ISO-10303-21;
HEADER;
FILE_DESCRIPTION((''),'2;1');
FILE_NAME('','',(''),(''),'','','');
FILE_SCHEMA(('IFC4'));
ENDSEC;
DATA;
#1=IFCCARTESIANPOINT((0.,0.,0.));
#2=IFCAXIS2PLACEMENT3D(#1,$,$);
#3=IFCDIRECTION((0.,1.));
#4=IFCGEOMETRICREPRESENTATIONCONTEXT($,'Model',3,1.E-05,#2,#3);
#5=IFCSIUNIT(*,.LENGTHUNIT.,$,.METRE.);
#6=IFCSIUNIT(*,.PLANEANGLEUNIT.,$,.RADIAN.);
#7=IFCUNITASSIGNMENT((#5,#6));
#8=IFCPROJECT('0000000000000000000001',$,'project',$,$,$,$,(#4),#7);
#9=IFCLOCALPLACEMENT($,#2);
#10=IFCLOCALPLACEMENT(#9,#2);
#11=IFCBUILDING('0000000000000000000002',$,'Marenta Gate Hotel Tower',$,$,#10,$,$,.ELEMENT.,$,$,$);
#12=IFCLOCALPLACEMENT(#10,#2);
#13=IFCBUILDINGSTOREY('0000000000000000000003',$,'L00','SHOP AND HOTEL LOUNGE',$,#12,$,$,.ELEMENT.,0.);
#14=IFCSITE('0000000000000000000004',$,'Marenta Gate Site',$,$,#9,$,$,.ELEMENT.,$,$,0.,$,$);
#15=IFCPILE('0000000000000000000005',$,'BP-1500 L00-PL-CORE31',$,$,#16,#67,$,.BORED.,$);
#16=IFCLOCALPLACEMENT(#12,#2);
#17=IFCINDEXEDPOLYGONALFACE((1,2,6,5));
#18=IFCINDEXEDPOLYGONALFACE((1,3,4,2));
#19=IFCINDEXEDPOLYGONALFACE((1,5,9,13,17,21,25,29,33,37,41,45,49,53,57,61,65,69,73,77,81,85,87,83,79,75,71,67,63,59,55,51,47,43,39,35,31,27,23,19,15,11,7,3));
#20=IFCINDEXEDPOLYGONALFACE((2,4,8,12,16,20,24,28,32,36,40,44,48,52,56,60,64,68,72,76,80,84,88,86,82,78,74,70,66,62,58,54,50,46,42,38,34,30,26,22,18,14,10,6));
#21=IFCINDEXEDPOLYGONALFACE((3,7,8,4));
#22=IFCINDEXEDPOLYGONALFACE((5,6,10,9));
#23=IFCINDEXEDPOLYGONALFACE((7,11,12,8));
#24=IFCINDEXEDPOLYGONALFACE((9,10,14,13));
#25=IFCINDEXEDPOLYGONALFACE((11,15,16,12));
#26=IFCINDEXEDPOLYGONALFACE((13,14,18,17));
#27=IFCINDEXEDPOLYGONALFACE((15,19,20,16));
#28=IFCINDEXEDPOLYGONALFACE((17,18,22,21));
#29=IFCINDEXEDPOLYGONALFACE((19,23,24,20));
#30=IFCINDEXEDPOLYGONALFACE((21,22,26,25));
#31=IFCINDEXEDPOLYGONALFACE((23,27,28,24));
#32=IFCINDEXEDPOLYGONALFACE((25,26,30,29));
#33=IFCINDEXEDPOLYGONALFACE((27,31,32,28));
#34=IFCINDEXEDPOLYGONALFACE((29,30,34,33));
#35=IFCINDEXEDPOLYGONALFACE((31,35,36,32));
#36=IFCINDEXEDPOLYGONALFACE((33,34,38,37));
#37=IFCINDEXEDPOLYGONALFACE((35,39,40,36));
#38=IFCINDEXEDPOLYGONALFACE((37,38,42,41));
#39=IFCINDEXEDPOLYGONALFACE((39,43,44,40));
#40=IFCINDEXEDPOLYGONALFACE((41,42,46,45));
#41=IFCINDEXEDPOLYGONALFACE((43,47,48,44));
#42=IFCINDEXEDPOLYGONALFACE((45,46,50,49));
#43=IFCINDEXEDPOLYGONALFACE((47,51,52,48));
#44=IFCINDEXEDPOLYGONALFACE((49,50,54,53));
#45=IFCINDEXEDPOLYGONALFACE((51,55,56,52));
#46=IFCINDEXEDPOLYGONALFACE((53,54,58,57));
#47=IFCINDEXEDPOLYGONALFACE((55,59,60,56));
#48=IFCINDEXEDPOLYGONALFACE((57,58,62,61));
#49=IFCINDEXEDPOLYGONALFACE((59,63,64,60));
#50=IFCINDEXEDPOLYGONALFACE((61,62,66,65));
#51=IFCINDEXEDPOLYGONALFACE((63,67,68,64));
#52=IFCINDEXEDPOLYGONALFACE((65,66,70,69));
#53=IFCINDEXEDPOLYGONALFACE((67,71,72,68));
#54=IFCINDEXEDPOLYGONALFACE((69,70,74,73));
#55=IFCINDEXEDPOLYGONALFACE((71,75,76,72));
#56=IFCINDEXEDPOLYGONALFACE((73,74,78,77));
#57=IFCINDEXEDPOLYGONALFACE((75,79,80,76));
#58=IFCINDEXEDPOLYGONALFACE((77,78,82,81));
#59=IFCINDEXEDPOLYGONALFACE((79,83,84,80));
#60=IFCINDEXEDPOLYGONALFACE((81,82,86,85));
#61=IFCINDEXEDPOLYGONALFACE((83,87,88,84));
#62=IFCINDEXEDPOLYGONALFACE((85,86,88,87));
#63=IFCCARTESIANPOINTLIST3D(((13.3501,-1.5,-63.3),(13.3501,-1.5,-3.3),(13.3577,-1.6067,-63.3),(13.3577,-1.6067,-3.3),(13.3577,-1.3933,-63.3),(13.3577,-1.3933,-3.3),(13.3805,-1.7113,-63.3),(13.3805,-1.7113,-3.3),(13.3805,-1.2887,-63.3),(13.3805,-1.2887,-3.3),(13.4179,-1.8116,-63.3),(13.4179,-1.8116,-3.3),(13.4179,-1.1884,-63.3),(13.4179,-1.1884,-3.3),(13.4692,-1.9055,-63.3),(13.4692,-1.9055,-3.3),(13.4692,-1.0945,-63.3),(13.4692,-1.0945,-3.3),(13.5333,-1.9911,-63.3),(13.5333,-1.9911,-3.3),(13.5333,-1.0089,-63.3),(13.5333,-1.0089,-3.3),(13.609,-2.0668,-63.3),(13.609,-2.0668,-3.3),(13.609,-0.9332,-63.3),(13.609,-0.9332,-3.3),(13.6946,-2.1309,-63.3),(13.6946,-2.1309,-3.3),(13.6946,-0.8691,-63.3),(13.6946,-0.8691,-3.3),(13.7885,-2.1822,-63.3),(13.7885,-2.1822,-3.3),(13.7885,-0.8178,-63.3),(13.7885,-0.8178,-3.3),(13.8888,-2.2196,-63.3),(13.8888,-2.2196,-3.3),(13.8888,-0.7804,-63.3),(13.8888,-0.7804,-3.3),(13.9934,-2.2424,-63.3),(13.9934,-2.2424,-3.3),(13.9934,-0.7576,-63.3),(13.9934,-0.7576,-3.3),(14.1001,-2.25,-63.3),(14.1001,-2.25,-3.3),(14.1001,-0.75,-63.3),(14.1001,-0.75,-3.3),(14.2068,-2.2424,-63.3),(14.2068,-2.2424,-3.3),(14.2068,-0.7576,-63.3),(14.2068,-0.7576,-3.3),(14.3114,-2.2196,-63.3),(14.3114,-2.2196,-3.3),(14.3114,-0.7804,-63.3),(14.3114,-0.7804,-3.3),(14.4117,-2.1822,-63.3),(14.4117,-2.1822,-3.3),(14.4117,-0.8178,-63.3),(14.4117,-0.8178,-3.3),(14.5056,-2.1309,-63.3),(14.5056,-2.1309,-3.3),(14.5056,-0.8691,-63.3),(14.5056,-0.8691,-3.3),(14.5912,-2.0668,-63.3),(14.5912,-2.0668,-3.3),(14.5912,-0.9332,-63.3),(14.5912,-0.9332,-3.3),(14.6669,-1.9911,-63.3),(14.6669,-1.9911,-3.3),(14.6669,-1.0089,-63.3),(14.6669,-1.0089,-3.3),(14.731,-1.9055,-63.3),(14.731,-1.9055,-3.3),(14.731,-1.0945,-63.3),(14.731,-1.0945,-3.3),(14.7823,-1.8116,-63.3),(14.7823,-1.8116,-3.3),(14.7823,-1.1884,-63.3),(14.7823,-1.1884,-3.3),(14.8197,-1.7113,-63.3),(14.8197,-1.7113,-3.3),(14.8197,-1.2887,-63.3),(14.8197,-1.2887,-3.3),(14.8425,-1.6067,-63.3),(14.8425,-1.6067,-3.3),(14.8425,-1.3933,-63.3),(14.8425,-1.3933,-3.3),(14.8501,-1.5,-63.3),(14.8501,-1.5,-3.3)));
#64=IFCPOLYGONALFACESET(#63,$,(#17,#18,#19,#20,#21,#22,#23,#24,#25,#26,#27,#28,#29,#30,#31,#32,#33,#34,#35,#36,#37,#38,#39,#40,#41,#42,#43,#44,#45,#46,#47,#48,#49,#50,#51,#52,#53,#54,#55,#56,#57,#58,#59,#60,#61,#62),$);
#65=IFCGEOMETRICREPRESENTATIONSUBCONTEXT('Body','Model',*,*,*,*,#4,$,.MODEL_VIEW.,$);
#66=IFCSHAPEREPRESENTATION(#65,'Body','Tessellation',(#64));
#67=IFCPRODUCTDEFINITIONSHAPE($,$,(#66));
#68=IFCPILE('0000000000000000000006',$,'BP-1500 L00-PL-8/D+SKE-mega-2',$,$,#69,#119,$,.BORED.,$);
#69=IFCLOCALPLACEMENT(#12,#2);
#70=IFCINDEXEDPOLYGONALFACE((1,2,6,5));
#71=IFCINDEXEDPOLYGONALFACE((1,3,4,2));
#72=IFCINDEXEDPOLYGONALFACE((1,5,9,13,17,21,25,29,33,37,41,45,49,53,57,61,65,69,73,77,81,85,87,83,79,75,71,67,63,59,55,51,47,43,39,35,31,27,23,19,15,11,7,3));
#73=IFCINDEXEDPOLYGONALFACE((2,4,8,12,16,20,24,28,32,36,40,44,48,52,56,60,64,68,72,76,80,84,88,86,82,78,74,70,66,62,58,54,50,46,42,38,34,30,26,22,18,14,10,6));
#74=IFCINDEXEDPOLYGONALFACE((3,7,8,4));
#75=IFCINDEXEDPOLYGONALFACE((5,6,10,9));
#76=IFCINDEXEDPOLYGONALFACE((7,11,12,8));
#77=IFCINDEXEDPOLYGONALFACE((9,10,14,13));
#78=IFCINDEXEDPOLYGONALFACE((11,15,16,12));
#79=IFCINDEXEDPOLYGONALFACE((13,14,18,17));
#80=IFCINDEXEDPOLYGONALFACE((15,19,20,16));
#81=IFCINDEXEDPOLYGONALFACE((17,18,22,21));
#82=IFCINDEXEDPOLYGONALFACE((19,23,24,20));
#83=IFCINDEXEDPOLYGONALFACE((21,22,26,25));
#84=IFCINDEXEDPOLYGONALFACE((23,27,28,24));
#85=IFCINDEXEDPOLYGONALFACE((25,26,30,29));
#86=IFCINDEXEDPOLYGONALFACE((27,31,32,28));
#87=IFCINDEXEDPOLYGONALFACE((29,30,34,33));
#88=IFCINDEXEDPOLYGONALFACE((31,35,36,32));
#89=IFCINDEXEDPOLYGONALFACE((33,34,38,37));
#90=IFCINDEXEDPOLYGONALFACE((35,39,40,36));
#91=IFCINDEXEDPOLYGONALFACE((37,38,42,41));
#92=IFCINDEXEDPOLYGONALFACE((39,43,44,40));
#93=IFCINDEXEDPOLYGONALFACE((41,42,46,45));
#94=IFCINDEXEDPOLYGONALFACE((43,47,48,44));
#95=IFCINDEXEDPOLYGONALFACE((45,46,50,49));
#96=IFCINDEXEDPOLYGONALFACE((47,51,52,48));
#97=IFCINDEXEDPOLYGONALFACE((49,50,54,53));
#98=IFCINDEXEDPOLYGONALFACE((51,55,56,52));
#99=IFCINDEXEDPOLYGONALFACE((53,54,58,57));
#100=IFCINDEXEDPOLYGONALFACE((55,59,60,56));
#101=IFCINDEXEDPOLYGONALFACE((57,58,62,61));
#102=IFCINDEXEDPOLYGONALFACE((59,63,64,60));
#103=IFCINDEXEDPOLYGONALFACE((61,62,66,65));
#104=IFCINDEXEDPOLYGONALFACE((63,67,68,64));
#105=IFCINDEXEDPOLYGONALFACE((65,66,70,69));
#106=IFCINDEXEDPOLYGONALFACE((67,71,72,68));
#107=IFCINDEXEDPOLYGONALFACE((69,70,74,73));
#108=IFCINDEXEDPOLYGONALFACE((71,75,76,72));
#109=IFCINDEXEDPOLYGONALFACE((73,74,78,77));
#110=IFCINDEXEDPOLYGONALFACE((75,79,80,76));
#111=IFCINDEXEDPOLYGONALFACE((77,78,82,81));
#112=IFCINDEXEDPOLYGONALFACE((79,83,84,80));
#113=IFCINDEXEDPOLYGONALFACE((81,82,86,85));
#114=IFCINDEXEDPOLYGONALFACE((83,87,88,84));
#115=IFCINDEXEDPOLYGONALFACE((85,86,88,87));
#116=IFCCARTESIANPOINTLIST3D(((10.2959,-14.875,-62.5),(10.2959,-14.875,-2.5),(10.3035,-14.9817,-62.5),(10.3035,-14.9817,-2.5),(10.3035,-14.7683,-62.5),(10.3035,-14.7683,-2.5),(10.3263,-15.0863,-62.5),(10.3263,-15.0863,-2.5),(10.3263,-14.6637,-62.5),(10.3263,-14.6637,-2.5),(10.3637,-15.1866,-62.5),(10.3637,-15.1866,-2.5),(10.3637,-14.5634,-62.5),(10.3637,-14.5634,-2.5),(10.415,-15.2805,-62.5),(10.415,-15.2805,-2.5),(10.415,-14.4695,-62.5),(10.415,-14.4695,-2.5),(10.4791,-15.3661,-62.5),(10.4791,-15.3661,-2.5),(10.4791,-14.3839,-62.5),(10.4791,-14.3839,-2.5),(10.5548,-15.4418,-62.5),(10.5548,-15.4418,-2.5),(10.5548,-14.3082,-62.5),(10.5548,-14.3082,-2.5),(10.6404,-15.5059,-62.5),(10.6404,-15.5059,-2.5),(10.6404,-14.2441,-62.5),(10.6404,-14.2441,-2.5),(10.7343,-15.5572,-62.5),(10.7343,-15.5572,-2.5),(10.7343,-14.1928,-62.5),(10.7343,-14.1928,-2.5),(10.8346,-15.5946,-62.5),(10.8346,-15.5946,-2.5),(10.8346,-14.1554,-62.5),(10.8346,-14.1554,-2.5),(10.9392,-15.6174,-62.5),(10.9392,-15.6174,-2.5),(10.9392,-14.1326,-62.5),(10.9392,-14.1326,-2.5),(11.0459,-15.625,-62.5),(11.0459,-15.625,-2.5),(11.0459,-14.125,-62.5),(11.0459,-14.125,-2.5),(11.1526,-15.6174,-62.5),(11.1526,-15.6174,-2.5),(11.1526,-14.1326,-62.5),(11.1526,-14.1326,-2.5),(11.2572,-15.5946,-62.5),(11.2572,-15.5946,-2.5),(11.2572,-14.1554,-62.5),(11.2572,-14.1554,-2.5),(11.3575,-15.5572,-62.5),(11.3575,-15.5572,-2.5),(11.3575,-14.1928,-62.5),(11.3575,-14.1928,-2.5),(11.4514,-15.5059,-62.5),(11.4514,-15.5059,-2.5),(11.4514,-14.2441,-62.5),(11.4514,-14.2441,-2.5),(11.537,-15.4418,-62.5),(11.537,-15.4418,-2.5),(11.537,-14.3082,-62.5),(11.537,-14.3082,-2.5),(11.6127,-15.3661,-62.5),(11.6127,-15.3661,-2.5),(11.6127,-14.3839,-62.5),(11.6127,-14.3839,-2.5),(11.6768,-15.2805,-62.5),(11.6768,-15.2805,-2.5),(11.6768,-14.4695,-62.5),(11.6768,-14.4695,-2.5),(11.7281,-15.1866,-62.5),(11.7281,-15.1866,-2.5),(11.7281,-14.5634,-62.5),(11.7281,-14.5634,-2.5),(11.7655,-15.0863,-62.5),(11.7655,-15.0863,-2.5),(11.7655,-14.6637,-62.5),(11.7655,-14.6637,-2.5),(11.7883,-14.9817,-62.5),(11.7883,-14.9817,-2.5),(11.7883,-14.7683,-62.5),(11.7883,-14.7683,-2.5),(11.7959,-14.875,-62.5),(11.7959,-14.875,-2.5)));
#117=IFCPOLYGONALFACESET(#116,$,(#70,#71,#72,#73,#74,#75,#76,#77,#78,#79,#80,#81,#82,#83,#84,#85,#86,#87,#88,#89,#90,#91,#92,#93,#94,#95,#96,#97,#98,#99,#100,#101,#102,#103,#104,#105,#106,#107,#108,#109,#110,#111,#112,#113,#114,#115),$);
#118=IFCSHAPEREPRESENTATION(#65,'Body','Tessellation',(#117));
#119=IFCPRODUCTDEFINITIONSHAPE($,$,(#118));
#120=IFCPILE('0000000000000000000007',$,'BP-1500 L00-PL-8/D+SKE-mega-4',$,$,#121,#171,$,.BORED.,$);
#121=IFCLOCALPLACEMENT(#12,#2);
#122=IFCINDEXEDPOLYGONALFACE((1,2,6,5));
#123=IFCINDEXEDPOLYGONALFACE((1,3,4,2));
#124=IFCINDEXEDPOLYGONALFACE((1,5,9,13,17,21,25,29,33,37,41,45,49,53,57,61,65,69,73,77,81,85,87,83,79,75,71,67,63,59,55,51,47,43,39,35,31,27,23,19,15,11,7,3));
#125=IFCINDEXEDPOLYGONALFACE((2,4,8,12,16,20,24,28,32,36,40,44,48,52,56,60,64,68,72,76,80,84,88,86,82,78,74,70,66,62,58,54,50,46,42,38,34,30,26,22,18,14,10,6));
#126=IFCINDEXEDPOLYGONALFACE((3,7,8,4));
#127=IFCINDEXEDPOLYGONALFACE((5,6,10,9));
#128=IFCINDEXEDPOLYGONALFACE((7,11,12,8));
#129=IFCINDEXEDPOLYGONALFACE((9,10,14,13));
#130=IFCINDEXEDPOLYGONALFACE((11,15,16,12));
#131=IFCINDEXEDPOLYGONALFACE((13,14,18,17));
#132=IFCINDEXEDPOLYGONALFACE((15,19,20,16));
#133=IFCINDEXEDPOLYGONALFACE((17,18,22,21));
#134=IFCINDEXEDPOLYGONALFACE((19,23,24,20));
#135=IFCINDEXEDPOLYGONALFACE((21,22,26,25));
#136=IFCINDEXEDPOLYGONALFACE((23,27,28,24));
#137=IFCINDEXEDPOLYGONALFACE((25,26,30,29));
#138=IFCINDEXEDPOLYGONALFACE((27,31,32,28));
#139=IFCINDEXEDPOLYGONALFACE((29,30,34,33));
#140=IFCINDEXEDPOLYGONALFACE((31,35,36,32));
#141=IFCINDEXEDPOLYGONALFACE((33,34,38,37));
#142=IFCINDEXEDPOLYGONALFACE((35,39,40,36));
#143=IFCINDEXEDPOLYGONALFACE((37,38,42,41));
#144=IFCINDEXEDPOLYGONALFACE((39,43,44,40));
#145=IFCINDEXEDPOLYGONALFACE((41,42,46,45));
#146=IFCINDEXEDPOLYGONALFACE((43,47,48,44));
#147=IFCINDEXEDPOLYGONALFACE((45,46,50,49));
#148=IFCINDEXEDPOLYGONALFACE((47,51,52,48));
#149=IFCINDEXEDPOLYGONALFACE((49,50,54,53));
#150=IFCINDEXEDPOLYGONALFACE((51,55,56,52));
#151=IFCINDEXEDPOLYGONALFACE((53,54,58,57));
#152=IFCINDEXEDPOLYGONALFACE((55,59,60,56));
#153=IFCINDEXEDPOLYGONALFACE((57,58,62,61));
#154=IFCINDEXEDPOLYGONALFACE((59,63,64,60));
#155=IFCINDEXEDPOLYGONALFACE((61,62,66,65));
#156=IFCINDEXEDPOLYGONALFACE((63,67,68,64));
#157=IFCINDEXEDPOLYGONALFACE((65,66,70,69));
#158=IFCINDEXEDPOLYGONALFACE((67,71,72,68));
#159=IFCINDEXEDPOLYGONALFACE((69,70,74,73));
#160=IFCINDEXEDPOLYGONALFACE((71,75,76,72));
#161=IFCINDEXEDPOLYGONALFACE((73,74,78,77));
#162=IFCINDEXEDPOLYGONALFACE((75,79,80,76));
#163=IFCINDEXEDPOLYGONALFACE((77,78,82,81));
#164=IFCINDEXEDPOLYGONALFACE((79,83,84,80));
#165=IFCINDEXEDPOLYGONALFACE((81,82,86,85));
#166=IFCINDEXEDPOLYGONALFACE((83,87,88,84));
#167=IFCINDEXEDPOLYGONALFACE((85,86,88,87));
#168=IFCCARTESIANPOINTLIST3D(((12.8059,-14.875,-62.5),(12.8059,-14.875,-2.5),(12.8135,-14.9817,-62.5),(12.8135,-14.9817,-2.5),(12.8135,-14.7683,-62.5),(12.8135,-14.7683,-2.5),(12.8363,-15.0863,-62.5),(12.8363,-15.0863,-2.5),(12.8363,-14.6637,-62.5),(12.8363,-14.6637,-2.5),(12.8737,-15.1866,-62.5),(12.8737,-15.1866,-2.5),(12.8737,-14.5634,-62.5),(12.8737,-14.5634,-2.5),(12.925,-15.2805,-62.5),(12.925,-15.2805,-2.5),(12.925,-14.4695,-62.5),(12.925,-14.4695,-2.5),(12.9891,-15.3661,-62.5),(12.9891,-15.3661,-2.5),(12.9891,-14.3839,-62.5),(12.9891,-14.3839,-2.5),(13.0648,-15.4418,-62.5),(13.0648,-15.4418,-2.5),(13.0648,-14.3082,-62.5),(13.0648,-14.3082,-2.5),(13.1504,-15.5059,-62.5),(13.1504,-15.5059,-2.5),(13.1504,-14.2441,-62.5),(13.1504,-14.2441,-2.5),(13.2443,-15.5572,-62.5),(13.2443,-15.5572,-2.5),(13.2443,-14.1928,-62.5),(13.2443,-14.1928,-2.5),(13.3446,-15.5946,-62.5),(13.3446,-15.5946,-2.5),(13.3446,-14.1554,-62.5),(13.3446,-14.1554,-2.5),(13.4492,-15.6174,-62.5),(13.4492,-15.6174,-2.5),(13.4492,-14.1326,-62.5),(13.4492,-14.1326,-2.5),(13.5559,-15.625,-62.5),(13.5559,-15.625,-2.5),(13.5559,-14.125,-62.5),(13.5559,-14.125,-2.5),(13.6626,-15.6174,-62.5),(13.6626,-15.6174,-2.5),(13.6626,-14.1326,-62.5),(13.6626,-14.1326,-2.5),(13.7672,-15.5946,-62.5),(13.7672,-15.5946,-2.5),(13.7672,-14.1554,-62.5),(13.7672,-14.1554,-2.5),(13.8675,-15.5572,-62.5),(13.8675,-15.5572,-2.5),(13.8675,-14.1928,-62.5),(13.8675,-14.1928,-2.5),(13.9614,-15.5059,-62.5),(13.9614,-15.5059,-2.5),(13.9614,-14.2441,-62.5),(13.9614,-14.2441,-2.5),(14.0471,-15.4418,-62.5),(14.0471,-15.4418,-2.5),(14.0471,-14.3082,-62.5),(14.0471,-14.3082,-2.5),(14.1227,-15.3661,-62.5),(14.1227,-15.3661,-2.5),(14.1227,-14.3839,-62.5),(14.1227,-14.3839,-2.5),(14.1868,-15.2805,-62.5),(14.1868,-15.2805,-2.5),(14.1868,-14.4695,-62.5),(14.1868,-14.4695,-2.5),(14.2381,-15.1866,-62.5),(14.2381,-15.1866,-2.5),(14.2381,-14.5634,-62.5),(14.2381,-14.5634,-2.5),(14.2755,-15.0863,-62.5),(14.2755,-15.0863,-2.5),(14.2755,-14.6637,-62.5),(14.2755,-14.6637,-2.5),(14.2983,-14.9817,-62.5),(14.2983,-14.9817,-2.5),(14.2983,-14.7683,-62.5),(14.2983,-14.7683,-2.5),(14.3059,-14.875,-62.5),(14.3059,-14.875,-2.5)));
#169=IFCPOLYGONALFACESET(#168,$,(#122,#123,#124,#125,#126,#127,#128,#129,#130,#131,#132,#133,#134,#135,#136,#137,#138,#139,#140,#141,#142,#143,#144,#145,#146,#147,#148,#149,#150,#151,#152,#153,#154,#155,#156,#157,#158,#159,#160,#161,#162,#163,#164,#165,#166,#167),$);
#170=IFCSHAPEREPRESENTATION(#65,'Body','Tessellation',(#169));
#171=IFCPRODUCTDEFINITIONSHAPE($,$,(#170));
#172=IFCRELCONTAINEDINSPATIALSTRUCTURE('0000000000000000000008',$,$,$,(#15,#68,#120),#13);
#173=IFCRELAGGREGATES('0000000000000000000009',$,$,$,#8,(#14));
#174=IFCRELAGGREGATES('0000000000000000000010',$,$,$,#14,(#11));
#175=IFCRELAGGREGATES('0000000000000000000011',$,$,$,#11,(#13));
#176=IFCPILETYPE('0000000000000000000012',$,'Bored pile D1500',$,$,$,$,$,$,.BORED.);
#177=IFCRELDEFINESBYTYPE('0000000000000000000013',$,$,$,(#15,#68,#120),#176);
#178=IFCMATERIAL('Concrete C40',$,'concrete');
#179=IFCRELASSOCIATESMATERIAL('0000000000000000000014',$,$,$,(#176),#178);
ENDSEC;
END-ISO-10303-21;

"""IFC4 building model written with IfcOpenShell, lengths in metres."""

from ifc_helpers import new_model, si_unit, direction, frame, origin, origin_2d, place, context, subcontext, project, spatial, circle, extrude, material, type_object, element, save


model = new_model("IFC4")

# Units and contexts
model_context = context("Model", 3, precision=1e-05, world=origin(), true_north=direction((0.0, 1.0)))
body_context = subcontext(model_context, "Body", "Model", "MODEL_VIEW")
ifc_project = project(units=[si_unit("LENGTHUNIT", "METRE"), si_unit("PLANEANGLEUNIT", "RADIAN")], contexts=[model_context])

# Site, building, storey
site_placement = place(None, origin())
site = spatial("IfcSite", under=ifc_project, at=site_placement, Name="Marenta Gate Site", CompositionType="ELEMENT", RefElevation=0.0)
building_placement = place(site_placement, origin())
building = spatial("IfcBuilding", under=site, at=building_placement, Name="Marenta Gate Hotel Tower", CompositionType="ELEMENT")
storey_placement = place(building_placement, origin())
storey = spatial("IfcBuildingStorey", under=building, at=storey_placement, Name="L00", Description="SHOP AND HOTEL LOUNGE", CompositionType="ELEMENT", Elevation=0.0)

# Piles
ifc_material_1 = material(Name="Concrete C40", Category="concrete")
pile_type = type_object("IfcPileType", Name="Bored pile D1500", PredefinedType="BORED", material=ifc_material_1)
for number, where, z_axis, x_axis, name in (
    (1, (14.1001, -1.5, -3.3), (0.0, 0.0, -1.0), (1.0, 0.0, 0.0), "BP-1500 L00-PL-CORE31"),
    (2, (11.0459, -14.875, -2.5), (0.0, 0.0, -1.0), (1.0, 0.0, 0.0), "BP-1500 L00-PL-8/D+SKE-mega-2"),
    (3, (13.5559, -14.875, -2.5), (0.0, 0.0, -1.0), (1.0, 0.0, 0.0), "BP-1500 L00-PL-8/D+SKE-mega-4"),
):
    element("IfcPile", number, at=place(storey_placement, frame(where, z_axis=z_axis, x_axis=x_axis)), inside=storey, type_object=pile_type, Name=name, PredefinedType="BORED", context=body_context, shape_type="SweptSolid", body=[
        extrude(circle(Radius=0.75, at=origin_2d()), origin(), (0.0, 0.0, 1.0), 60.0),
    ])

save(model, "model.ifc")
